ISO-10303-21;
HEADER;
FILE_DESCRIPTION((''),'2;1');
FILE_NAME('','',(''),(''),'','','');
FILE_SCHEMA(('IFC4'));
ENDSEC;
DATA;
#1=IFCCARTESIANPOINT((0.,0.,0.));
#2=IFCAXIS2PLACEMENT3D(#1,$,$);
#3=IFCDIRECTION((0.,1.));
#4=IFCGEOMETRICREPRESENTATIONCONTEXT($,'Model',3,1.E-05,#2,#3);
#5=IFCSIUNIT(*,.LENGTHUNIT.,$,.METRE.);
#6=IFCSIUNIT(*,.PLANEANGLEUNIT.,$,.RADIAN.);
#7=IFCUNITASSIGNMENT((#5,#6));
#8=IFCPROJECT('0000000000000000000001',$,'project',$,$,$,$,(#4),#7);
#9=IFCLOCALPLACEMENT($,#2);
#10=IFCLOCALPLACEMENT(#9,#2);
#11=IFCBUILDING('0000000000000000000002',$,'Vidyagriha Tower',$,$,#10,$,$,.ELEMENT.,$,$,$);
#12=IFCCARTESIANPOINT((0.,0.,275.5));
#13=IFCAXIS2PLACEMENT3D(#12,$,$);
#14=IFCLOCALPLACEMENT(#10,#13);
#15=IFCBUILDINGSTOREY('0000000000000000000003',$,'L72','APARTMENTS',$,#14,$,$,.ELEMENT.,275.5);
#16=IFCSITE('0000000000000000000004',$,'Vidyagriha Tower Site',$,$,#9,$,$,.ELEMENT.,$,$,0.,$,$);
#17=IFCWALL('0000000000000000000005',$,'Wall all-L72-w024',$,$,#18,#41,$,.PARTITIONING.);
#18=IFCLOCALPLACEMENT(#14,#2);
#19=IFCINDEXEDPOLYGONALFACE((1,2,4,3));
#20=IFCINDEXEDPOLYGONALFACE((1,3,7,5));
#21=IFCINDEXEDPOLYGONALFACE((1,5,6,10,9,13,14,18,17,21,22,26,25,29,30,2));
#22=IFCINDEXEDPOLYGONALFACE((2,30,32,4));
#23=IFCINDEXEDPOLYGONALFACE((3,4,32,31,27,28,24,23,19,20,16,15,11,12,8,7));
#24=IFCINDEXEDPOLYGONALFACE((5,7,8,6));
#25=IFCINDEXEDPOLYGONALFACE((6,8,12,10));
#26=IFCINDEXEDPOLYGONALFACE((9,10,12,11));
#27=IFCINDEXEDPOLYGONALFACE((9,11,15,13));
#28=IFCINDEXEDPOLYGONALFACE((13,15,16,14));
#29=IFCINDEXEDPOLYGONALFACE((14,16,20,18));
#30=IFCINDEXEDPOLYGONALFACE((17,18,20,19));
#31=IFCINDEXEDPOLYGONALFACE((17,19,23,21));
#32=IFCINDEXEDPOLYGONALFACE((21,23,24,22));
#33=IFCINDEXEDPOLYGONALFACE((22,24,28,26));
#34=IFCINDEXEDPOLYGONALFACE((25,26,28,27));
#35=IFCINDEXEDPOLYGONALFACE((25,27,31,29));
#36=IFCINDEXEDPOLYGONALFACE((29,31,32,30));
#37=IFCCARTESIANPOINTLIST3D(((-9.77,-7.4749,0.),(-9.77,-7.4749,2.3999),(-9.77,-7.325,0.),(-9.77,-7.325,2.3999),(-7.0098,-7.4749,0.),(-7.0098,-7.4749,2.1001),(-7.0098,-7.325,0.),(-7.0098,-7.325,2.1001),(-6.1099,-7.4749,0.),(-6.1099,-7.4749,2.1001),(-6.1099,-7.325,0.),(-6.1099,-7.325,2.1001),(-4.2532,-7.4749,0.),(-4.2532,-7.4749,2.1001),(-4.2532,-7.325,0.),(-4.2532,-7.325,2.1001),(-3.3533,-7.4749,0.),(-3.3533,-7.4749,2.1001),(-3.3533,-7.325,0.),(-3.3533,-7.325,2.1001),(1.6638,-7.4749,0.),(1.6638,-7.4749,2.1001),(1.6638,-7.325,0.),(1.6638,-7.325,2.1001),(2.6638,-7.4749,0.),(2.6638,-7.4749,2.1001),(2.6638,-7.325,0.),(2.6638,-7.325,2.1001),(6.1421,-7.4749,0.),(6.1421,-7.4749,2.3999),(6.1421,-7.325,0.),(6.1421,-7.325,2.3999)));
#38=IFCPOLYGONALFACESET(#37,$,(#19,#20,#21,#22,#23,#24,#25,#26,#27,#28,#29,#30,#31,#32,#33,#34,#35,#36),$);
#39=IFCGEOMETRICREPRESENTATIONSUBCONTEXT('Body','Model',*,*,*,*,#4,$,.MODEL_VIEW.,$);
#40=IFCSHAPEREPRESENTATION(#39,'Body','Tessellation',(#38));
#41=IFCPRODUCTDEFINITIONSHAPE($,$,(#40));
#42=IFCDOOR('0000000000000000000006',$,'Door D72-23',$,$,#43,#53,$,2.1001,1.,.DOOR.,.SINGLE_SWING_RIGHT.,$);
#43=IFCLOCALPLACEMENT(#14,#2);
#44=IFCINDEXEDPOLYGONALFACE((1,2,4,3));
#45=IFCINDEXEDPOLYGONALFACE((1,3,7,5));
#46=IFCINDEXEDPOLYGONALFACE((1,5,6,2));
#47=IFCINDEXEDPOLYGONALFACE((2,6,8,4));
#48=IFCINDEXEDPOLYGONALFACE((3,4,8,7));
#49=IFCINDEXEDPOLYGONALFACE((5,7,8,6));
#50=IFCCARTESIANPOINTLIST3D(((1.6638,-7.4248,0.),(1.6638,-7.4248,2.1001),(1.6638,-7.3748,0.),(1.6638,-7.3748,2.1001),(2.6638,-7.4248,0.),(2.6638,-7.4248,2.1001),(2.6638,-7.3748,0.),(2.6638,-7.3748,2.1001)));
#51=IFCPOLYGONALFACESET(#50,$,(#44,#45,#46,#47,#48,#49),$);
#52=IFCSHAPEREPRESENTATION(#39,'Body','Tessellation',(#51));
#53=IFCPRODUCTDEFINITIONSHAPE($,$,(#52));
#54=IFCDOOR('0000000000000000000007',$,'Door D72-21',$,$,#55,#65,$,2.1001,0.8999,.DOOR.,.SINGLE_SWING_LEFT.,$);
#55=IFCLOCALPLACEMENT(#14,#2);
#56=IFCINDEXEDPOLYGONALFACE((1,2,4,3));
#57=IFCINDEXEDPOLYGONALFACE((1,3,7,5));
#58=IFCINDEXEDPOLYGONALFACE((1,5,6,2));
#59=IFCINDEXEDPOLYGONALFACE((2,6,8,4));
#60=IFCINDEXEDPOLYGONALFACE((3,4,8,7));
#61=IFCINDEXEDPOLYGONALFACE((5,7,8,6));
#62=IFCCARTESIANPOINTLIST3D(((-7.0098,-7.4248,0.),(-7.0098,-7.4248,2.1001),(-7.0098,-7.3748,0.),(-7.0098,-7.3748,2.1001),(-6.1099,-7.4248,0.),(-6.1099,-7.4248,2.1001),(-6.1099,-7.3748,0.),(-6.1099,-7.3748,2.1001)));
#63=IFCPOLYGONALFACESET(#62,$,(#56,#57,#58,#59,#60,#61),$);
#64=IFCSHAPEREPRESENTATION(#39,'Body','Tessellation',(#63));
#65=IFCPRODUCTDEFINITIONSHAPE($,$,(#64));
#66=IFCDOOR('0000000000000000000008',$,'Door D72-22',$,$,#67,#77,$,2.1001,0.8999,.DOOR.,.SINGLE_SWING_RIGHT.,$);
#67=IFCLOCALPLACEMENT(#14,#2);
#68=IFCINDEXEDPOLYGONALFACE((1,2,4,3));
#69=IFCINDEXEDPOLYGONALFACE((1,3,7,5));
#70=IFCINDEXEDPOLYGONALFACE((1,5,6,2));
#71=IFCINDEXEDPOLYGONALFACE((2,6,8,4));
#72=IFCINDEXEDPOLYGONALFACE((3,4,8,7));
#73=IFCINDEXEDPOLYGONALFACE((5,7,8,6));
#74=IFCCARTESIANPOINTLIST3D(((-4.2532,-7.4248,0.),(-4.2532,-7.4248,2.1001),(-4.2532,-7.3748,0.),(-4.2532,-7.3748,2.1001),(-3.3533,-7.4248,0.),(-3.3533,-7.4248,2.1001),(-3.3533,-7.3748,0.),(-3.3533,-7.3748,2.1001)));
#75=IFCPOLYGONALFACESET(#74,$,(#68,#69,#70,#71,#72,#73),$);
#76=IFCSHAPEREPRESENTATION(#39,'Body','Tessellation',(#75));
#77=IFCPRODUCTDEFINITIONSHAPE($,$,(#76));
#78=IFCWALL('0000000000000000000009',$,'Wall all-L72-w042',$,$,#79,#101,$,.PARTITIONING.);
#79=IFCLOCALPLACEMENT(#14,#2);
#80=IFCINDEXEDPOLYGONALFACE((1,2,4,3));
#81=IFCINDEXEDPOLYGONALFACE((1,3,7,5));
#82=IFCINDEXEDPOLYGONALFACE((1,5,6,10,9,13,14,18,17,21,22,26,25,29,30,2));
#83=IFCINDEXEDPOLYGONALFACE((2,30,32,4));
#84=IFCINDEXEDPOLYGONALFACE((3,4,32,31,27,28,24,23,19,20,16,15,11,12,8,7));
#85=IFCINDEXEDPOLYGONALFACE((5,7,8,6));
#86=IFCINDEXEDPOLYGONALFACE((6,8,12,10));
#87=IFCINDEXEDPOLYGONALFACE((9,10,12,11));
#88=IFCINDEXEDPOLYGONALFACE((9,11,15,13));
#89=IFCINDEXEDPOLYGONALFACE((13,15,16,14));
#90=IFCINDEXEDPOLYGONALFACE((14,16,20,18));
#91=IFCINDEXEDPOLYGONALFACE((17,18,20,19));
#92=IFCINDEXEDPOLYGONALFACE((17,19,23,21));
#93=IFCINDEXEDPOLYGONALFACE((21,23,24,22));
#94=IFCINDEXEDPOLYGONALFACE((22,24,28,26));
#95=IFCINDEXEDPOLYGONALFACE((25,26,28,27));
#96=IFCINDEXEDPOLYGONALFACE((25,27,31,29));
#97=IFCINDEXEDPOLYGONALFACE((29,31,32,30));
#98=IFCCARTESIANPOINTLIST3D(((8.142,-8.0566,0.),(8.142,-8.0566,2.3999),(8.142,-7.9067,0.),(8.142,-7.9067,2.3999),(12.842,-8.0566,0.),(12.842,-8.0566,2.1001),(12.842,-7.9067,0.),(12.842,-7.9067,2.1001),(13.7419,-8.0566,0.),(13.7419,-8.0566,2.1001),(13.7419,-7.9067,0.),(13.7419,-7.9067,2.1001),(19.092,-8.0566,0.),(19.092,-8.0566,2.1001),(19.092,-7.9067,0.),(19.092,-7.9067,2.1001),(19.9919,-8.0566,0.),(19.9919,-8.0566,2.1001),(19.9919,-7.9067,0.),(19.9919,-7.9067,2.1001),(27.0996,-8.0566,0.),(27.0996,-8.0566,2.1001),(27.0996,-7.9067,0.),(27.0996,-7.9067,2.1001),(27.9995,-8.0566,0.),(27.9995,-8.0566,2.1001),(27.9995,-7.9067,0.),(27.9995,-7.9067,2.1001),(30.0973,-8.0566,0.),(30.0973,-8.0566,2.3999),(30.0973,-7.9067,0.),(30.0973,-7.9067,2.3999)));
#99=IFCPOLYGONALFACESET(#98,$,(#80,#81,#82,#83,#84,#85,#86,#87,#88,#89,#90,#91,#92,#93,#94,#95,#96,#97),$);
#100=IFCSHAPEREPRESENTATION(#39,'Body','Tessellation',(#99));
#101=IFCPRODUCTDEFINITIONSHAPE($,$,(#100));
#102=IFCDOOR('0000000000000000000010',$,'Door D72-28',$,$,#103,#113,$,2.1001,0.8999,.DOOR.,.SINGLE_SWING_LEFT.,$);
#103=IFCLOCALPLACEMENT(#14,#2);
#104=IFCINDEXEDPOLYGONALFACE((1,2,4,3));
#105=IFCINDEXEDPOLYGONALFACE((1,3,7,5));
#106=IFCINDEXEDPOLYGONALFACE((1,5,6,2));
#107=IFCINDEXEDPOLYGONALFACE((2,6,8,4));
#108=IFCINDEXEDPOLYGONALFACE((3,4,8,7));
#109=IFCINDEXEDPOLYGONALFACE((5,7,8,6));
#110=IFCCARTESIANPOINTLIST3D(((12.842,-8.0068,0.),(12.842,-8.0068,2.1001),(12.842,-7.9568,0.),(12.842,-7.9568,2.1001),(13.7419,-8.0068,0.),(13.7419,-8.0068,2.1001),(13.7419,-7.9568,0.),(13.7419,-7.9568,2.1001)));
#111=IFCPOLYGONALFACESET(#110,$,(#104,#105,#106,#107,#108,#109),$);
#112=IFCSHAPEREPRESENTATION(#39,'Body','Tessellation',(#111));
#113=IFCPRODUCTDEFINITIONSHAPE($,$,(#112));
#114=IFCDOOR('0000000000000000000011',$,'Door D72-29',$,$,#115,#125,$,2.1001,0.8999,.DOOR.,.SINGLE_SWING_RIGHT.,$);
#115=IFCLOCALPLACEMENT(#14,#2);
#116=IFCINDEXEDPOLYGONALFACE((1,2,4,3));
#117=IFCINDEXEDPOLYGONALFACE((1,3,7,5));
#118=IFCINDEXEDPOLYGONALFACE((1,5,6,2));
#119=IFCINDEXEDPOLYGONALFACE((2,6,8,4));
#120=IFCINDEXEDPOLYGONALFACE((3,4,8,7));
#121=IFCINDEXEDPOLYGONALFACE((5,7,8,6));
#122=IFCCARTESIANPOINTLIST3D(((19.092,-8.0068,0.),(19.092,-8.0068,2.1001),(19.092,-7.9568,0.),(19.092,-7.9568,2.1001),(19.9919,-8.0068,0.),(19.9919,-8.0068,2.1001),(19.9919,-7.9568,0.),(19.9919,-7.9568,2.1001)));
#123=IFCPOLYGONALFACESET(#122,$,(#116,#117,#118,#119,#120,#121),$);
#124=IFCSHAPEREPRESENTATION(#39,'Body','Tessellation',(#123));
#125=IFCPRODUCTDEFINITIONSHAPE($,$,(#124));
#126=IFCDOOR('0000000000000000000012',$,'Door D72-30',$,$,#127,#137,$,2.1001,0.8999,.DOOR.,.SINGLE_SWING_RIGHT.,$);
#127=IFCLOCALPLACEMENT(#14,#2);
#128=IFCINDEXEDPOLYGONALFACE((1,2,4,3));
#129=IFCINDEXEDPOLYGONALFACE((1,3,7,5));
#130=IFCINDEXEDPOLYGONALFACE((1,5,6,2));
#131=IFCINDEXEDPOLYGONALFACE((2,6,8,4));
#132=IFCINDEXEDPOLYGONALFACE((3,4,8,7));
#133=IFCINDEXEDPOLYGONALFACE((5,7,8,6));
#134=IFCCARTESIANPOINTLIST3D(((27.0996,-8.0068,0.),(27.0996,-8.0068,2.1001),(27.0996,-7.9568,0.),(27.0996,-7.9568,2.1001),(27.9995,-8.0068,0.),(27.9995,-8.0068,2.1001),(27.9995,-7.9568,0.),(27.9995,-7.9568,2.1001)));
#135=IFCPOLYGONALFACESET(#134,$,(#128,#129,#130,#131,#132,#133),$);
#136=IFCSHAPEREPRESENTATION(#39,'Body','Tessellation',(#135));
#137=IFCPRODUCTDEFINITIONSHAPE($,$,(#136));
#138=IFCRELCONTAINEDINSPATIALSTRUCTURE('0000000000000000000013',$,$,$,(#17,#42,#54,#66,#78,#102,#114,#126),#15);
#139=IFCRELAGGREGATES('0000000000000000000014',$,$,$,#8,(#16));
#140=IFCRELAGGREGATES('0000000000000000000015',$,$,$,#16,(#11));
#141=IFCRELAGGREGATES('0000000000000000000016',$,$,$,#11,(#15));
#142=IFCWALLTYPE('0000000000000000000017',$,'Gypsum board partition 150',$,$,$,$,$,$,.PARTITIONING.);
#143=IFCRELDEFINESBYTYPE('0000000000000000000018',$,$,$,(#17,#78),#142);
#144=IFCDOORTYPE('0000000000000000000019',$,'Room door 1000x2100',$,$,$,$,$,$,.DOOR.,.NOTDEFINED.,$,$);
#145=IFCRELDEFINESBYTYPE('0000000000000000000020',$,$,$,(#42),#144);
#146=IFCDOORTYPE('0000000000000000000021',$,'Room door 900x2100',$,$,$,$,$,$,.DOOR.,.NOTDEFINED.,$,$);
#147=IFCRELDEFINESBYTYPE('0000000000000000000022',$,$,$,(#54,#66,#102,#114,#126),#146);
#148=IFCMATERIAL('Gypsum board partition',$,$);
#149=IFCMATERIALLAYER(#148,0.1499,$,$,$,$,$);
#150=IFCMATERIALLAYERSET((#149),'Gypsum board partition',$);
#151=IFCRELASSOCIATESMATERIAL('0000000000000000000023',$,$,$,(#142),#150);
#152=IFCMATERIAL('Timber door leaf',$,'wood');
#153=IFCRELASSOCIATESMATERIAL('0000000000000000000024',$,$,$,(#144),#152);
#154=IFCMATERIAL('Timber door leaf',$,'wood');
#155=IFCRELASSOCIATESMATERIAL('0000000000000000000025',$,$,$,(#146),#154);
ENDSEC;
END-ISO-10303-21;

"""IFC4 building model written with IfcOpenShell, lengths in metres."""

from ifc_helpers import new_model, si_unit, direction, frame, frame_2d, origin, place, context, subcontext, project, spatial, rectangle, extrude, material, layer, layer_set, type_object, element, fill, save


model = new_model("IFC4")

# Units and contexts
model_context = context("Model", 3, precision=1e-05, world=origin(), true_north=direction((0.0, 1.0)))
body_context = subcontext(model_context, "Body", "Model", "MODEL_VIEW")
ifc_project = project(units=[si_unit("LENGTHUNIT", "METRE"), si_unit("PLANEANGLEUNIT", "RADIAN")], contexts=[model_context])

# Site, building, storey
site_placement = place(None, origin())
site = spatial("IfcSite", under=ifc_project, at=site_placement, Name="Vidyagriha Tower Site", CompositionType="ELEMENT", RefElevation=0.0)
building_placement = place(site_placement, origin())
building = spatial("IfcBuilding", under=site, at=building_placement, Name="Vidyagriha Tower", CompositionType="ELEMENT")
storey_placement = place(building_placement, frame((0.0, 0.0, 275.5)))
storey = spatial("IfcBuildingStorey", under=building, at=storey_placement, Name="L72", Description="APARTMENTS", CompositionType="ELEMENT", Elevation=275.5)

# Shared definitions
ifc_material_1 = material(Name="Gypsum board partition")
ifc_layer_1 = layer(ifc_material_1, 0.1499)
ifc_layer_set_1 = layer_set([ifc_layer_1], Name="Gypsum board partition")
wall_type_1 = type_object("IfcWallType", Name="Gypsum board partition 150", PredefinedType="PARTITIONING", material=ifc_layer_set_1)

# Walls, openings, doors
wall_1_placement = place(storey_placement, frame((6.1421, -7.3999, 0.0), z_axis=(0.0, 0.0, 1.0), x_axis=(-1.0, 0.0, 0.0)))
wall_1 = element("IfcWall", 1, at=wall_1_placement, inside=storey, type_object=wall_type_1, Name="Wall all-L72-w024", PredefinedType="PARTITIONING", context=body_context, shape_type="SweptSolid", body=[
    extrude(rectangle(XDim=15.9121, YDim=0.1499, at=frame_2d((7.9561, 0.0))), origin(), (0.0, 0.0, 1.0), 2.3999),
])
opening_1_placement = place(wall_1_placement, frame((12.252, 0.0, 0.0)))
opening_1 = element("IfcOpeningElement", 2, at=opening_1_placement, cuts=wall_1, PredefinedType="OPENING", context=body_context, shape_type="SweptSolid", body=[
    extrude(rectangle(XDim=0.8999, YDim=2.1001, at=frame_2d((0.45, 1.05))), frame((0.0, 0.085, 0.0), z_axis=(0.0, -1.0, 0.0), x_axis=(1.0, 0.0, 0.0)), (0.0, 0.0, 1.0), 0.1699),
])
opening_2_placement = place(wall_1_placement, frame((9.4954, 0.0, 0.0)))
opening_2 = element("IfcOpeningElement", 3, at=opening_2_placement, cuts=wall_1, PredefinedType="OPENING", context=body_context, shape_type="SweptSolid", body=[
    extrude(rectangle(XDim=0.8999, YDim=2.1001, at=frame_2d((0.45, 1.05))), frame((0.0, 0.085, 0.0), z_axis=(0.0, -1.0, 0.0), x_axis=(1.0, 0.0, 0.0)), (0.0, 0.0, 1.0), 0.1699),
])
opening_3_placement = place(wall_1_placement, frame((3.4783, 0.0, 0.0)))
opening_3 = element("IfcOpeningElement", 4, at=opening_3_placement, cuts=wall_1, PredefinedType="OPENING", context=body_context, shape_type="SweptSolid", body=[
    extrude(rectangle(XDim=1.0, YDim=2.1001, at=frame_2d((0.5, 1.05))), frame((0.0, 0.085, 0.0), z_axis=(0.0, -1.0, 0.0), x_axis=(1.0, 0.0, 0.0)), (0.0, 0.0, 1.0), 0.1699),
])
ifc_material_2 = material(Name="Timber door leaf", Category="wood")
door_type_1 = type_object("IfcDoorType", Name="Room door 1000x2100", OperationType="NOTDEFINED", PredefinedType="DOOR", material=ifc_material_2)
door_1_placement = place(opening_3_placement, origin())
door_1 = element("IfcDoor", 5, at=door_1_placement, inside=storey, type_object=door_type_1, Name="Door D72-23", OperationType="SINGLE_SWING_RIGHT", OverallHeight=2.1001, OverallWidth=1.0, PredefinedType="DOOR", context=body_context, shape_type="SweptSolid", body=[
    extrude(rectangle(XDim=1.0, YDim=2.1001, at=frame_2d((0.5, 1.05))), frame((0.0, 0.0249, 0.0), z_axis=(0.0, -1.0, 0.0), x_axis=(1.0, 0.0, 0.0)), (0.0, 0.0, 1.0), 0.05),
])
fill(opening_3, door_1)
ifc_material_3 = material(Name="Timber door leaf", Category="wood")
door_type_2 = type_object("IfcDoorType", Name="Room door 900x2100", OperationType="NOTDEFINED", PredefinedType="DOOR", material=ifc_material_3)
door_2_placement = place(opening_1_placement, origin())
door_2 = element("IfcDoor", 6, at=door_2_placement, inside=storey, type_object=door_type_2, Name="Door D72-21", OperationType="SINGLE_SWING_LEFT", OverallHeight=2.1001, OverallWidth=0.8999, PredefinedType="DOOR", context=body_context, shape_type="SweptSolid", body=[
    extrude(rectangle(XDim=0.8999, YDim=2.1001, at=frame_2d((0.45, 1.05))), frame((0.0, 0.0249, 0.0), z_axis=(0.0, -1.0, 0.0), x_axis=(1.0, 0.0, 0.0)), (0.0, 0.0, 1.0), 0.05),
])
fill(opening_1, door_2)
door_3_placement = place(opening_2_placement, origin())
door_3 = element("IfcDoor", 7, at=door_3_placement, inside=storey, type_object=door_type_2, Name="Door D72-22", OperationType="SINGLE_SWING_RIGHT", OverallHeight=2.1001, OverallWidth=0.8999, PredefinedType="DOOR", context=body_context, shape_type="SweptSolid", body=[
    extrude(rectangle(XDim=0.8999, YDim=2.1001, at=frame_2d((0.45, 1.05))), frame((0.0, 0.0249, 0.0), z_axis=(0.0, -1.0, 0.0), x_axis=(1.0, 0.0, 0.0)), (0.0, 0.0, 1.0), 0.05),
])
fill(opening_2, door_3)
wall_2_placement = place(storey_placement, frame((8.1421, -7.9817, 0.0)))
wall_2 = element("IfcWall", 8, at=wall_2_placement, inside=storey, type_object=wall_type_1, Name="Wall all-L72-w042", PredefinedType="PARTITIONING", context=body_context, shape_type="SweptSolid", body=[
    extrude(rectangle(XDim=21.9553, YDim=0.1499, at=frame_2d((10.9775, 0.0))), origin(), (0.0, 0.0, 1.0), 2.3999),
])
opening_4_placement = place(wall_2_placement, frame((4.7, 0.0, 0.0)))
opening_4 = element("IfcOpeningElement", 9, at=opening_4_placement, cuts=wall_2, PredefinedType="OPENING", context=body_context, shape_type="SweptSolid", body=[
    extrude(rectangle(XDim=0.8999, YDim=2.1001, at=frame_2d((0.45, 1.05))), frame((0.0, 0.085, 0.0), z_axis=(0.0, -1.0, 0.0), x_axis=(1.0, 0.0, 0.0)), (0.0, 0.0, 1.0), 0.1699),
])
opening_5_placement = place(wall_2_placement, frame((10.95, 0.0, 0.0)))
opening_5 = element("IfcOpeningElement", 10, at=opening_5_placement, cuts=wall_2, PredefinedType="OPENING", context=body_context, shape_type="SweptSolid", body=[
    extrude(rectangle(XDim=0.8999, YDim=2.1001, at=frame_2d((0.45, 1.05))), frame((0.0, 0.085, 0.0), z_axis=(0.0, -1.0, 0.0), x_axis=(1.0, 0.0, 0.0)), (0.0, 0.0, 1.0), 0.1699),
])
opening_6_placement = place(wall_2_placement, frame((18.9575, 0.0, 0.0)))
opening_6 = element("IfcOpeningElement", 11, at=opening_6_placement, cuts=wall_2, PredefinedType="OPENING", context=body_context, shape_type="SweptSolid", body=[
    extrude(rectangle(XDim=0.8999, YDim=2.1001, at=frame_2d((0.45, 1.05))), frame((0.0, 0.085, 0.0), z_axis=(0.0, -1.0, 0.0), x_axis=(1.0, 0.0, 0.0)), (0.0, 0.0, 1.0), 0.1699),
])
door_4_placement = place(opening_4_placement, origin())
door_4 = element("IfcDoor", 12, at=door_4_placement, inside=storey, type_object=door_type_2, Name="Door D72-28", OperationType="SINGLE_SWING_LEFT", OverallHeight=2.1001, OverallWidth=0.8999, PredefinedType="DOOR", context=body_context, shape_type="SweptSolid", body=[
    extrude(rectangle(XDim=0.8999, YDim=2.1001, at=frame_2d((0.45, 1.05))), frame((0.0, 0.0249, 0.0), z_axis=(0.0, -1.0, 0.0), x_axis=(1.0, 0.0, 0.0)), (0.0, 0.0, 1.0), 0.05),
])
fill(opening_4, door_4)
door_5_placement = place(opening_5_placement, origin())
door_5 = element("IfcDoor", 13, at=door_5_placement, inside=storey, type_object=door_type_2, Name="Door D72-29", OperationType="SINGLE_SWING_RIGHT", OverallHeight=2.1001, OverallWidth=0.8999, PredefinedType="DOOR", context=body_context, shape_type="SweptSolid", body=[
    extrude(rectangle(XDim=0.8999, YDim=2.1001, at=frame_2d((0.45, 1.05))), frame((0.0, 0.0249, 0.0), z_axis=(0.0, -1.0, 0.0), x_axis=(1.0, 0.0, 0.0)), (0.0, 0.0, 1.0), 0.05),
])
fill(opening_5, door_5)
door_6_placement = place(opening_6_placement, origin())
door_6 = element("IfcDoor", 14, at=door_6_placement, inside=storey, type_object=door_type_2, Name="Door D72-30", OperationType="SINGLE_SWING_RIGHT", OverallHeight=2.1001, OverallWidth=0.8999, PredefinedType="DOOR", context=body_context, shape_type="SweptSolid", body=[
    extrude(rectangle(XDim=0.8999, YDim=2.1001, at=frame_2d((0.45, 1.05))), frame((0.0, 0.0249, 0.0), z_axis=(0.0, -1.0, 0.0), x_axis=(1.0, 0.0, 0.0)), (0.0, 0.0, 1.0), 0.05),
])
fill(opening_6, door_6)

save(model, "model.ifc")
